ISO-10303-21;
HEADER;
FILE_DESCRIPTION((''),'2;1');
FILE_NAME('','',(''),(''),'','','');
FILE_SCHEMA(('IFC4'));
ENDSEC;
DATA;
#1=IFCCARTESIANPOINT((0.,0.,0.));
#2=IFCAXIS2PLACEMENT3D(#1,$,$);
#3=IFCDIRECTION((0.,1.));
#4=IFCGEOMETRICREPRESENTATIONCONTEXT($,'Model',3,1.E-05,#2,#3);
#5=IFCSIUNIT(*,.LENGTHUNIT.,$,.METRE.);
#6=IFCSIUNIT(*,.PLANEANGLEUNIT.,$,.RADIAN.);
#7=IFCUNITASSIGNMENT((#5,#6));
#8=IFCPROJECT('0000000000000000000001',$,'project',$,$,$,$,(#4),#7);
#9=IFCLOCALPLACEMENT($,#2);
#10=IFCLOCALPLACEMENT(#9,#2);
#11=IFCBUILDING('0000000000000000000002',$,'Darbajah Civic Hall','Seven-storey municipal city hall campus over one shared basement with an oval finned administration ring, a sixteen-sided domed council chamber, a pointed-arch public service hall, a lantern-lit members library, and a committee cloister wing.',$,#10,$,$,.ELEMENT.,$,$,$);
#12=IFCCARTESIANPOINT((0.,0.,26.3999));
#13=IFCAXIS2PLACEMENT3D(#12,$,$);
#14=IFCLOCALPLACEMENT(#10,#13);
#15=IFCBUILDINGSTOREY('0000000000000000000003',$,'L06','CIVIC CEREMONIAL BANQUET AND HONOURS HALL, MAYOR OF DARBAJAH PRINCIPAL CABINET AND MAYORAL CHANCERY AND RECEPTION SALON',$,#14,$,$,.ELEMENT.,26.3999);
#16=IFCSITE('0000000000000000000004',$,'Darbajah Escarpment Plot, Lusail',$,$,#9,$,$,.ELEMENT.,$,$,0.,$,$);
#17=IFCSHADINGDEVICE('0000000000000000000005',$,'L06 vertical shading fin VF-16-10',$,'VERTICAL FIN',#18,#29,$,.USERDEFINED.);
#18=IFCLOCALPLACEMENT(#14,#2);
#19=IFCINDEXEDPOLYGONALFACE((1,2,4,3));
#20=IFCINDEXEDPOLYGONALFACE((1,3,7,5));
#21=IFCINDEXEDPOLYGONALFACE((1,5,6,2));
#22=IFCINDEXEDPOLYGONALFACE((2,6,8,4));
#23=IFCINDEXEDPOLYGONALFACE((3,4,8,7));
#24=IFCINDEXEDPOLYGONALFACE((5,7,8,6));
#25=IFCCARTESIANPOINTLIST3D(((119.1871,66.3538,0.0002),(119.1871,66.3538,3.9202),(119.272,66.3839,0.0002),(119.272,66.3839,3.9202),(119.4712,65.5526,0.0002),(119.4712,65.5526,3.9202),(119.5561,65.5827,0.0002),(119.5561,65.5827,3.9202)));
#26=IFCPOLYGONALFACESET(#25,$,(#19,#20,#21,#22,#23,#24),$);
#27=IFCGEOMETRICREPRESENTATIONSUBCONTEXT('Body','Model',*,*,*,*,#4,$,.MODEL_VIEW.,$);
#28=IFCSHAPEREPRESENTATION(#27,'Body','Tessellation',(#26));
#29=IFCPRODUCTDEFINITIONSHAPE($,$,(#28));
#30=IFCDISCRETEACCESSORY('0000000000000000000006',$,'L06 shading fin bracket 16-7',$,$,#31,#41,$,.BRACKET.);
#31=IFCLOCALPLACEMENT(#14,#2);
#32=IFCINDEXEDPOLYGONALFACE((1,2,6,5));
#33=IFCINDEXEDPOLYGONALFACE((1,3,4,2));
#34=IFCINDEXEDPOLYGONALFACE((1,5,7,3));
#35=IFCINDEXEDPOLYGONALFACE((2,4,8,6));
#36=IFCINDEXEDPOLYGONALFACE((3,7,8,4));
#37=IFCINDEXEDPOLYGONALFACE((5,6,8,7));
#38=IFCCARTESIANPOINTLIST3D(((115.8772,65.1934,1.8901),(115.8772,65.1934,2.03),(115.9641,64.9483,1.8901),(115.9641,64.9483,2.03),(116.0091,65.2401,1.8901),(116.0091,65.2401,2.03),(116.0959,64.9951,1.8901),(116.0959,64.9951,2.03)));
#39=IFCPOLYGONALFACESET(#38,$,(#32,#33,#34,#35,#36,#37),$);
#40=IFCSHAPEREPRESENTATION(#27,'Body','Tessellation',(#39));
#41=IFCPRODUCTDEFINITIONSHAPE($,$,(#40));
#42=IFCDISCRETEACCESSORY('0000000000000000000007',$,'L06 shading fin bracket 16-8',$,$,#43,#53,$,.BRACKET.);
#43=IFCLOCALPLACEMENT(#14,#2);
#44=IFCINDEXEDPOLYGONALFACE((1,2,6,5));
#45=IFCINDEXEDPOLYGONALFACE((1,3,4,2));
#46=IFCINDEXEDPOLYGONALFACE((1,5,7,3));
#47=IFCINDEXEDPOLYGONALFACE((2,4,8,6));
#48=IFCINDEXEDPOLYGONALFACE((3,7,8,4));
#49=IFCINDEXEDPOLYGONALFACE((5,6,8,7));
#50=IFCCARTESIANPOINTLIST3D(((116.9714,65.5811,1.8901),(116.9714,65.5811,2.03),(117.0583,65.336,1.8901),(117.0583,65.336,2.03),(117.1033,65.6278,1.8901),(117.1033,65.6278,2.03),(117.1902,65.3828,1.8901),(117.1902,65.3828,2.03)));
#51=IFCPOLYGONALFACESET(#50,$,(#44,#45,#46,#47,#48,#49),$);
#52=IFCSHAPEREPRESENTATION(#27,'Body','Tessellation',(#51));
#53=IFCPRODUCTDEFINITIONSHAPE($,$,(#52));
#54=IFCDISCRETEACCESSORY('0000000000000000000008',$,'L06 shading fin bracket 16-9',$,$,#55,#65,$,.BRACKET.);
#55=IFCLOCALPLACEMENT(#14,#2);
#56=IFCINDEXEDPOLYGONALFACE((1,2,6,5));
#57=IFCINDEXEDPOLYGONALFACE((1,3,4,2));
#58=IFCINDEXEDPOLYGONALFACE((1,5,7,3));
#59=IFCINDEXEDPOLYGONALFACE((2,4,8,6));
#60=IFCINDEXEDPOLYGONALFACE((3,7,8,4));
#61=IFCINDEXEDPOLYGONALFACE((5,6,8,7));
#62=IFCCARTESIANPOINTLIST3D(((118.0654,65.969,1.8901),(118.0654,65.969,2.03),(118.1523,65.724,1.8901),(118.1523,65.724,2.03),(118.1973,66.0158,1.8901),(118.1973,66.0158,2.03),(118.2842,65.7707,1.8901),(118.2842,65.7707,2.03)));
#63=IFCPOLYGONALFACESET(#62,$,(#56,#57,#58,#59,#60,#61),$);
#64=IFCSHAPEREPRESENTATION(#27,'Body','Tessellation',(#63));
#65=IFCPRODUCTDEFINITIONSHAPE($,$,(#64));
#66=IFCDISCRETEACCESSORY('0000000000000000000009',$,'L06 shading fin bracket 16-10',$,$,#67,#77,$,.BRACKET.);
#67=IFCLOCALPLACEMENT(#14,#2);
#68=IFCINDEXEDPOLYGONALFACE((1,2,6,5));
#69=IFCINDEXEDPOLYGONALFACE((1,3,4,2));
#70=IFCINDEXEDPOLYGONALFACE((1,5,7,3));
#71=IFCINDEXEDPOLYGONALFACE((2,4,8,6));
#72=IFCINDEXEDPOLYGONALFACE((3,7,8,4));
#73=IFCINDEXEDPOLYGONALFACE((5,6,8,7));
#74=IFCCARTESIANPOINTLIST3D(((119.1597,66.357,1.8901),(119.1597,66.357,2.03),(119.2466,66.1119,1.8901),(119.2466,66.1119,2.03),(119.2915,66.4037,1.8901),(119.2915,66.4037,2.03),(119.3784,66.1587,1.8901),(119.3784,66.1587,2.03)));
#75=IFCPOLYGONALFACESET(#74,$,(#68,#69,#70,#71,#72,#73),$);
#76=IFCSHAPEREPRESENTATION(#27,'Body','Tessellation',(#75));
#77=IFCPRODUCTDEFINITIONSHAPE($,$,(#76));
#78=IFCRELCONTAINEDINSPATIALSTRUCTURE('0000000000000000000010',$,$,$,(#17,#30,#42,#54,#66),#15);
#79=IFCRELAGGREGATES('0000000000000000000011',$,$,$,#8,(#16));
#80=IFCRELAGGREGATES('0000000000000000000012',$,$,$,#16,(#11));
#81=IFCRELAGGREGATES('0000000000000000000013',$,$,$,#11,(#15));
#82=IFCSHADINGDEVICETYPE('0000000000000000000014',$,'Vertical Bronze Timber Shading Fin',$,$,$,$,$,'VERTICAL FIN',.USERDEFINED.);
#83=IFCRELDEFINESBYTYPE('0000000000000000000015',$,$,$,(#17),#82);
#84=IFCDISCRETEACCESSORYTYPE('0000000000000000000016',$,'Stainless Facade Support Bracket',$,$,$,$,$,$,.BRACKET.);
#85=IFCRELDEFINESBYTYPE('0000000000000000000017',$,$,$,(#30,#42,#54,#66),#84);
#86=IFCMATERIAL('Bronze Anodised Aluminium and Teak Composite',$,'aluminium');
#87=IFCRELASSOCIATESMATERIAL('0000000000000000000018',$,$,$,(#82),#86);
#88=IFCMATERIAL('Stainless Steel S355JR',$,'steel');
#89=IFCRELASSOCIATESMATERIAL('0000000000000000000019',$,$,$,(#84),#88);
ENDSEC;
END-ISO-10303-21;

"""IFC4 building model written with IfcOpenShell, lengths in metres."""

from ifc_helpers import new_model, si_unit, direction, frame, origin, origin_2d, place, context, subcontext, project, spatial, rectangle, extrude, material, type_object, element, save


model = new_model("IFC4")

# Units and contexts
model_context = context("Model", 3, precision=1e-05, world=origin(), true_north=direction((0.0, 1.0)))
body_context = subcontext(model_context, "Body", "Model", "MODEL_VIEW")
ifc_project = project(units=[si_unit("LENGTHUNIT", "METRE"), si_unit("PLANEANGLEUNIT", "RADIAN")], contexts=[model_context])

# Site, building, storey
site_placement = place(None, origin())
site = spatial("IfcSite", under=ifc_project, at=site_placement, Name="Darbajah Escarpment Plot, Lusail", CompositionType="ELEMENT", RefElevation=0.0)
building_placement = place(site_placement, origin())
building = spatial("IfcBuilding", under=site, at=building_placement, Name="Darbajah Civic Hall", Description="Seven-storey municipal city hall campus over one shared basement with an oval finned administration ring, a sixteen-sided domed council chamber, a pointed-arch public service hall, a lantern-lit members library, and a committee cloister wing.", CompositionType="ELEMENT")
storey_placement = place(building_placement, frame((0.0, 0.0, 26.3999)))
storey = spatial("IfcBuildingStorey", under=building, at=storey_placement, Name="L06", Description="CIVIC CEREMONIAL BANQUET AND HONOURS HALL, MAYOR OF DARBAJAH PRINCIPAL CABINET AND MAYORAL CHANCERY AND RECEPTION SALON", CompositionType="ELEMENT", Elevation=26.3999)

# Shading device
ifc_material_1 = material(Name="Bronze Anodised Aluminium and Teak Composite", Category="aluminium")
shading_device_type = type_object("IfcShadingDeviceType", Name="Vertical Bronze Timber Shading Fin", ElementType="VERTICAL FIN", PredefinedType="USERDEFINED", material=ifc_material_1)
for number, where, z_axis, x_axis, name in (
    (1, (119.3716, 65.9683, 0.0002), (0.0, 0.0, 1.0), (0.334136, -0.942525, 0.0), "L06 vertical shading fin VF-16-10"),
):
    element("IfcShadingDevice", number, at=place(storey_placement, frame(where, z_axis=z_axis, x_axis=x_axis)), inside=storey, type_object=shading_device_type, Name=name, ObjectType="VERTICAL FIN", PredefinedType="USERDEFINED", context=body_context, shape_type="SweptSolid", body=[
        extrude(rectangle(XDim=0.8501, YDim=0.0901, at=origin_2d()), origin(), (0.0, 0.0, 1.0), 3.9199),
    ])

# Discrete accessories
ifc_material_2 = material(Name="Stainless Steel S355JR", Category="steel")
discrete_accessory_type = type_object("IfcDiscreteAccessoryType", Name="Stainless Facade Support Bracket", PredefinedType="BRACKET", material=ifc_material_2)
for number, where, z_axis, x_axis, name in (
    (2, (115.9866, 65.0942, 1.8901), (0.0, 0.0, 1.0), (0.334136, -0.942525, 0.0), "L06 shading fin bracket 16-7"),
    (3, (117.0808, 65.4819, 1.8901), (0.0, 0.0, 1.0), (0.334136, -0.942525, 0.0), "L06 shading fin bracket 16-8"),
    (4, (118.1748, 65.8699, 1.8901), (0.0, 0.0, 1.0), (0.334136, -0.942525, 0.0), "L06 shading fin bracket 16-9"),
    (5, (119.269, 66.2578, 1.8901), (0.0, 0.0, 1.0), (0.334136, -0.942525, 0.0), "L06 shading fin bracket 16-10"),
):
    element("IfcDiscreteAccessory", number, at=place(storey_placement, frame(where, z_axis=z_axis, x_axis=x_axis)), inside=storey, type_object=discrete_accessory_type, Name=name, PredefinedType="BRACKET", context=body_context, shape_type="SweptSolid", body=[
        extrude(rectangle(XDim=0.26, YDim=0.1399, at=origin_2d()), origin(), (0.0, 0.0, 1.0), 0.1399),
    ])

save(model, "model.ifc")
